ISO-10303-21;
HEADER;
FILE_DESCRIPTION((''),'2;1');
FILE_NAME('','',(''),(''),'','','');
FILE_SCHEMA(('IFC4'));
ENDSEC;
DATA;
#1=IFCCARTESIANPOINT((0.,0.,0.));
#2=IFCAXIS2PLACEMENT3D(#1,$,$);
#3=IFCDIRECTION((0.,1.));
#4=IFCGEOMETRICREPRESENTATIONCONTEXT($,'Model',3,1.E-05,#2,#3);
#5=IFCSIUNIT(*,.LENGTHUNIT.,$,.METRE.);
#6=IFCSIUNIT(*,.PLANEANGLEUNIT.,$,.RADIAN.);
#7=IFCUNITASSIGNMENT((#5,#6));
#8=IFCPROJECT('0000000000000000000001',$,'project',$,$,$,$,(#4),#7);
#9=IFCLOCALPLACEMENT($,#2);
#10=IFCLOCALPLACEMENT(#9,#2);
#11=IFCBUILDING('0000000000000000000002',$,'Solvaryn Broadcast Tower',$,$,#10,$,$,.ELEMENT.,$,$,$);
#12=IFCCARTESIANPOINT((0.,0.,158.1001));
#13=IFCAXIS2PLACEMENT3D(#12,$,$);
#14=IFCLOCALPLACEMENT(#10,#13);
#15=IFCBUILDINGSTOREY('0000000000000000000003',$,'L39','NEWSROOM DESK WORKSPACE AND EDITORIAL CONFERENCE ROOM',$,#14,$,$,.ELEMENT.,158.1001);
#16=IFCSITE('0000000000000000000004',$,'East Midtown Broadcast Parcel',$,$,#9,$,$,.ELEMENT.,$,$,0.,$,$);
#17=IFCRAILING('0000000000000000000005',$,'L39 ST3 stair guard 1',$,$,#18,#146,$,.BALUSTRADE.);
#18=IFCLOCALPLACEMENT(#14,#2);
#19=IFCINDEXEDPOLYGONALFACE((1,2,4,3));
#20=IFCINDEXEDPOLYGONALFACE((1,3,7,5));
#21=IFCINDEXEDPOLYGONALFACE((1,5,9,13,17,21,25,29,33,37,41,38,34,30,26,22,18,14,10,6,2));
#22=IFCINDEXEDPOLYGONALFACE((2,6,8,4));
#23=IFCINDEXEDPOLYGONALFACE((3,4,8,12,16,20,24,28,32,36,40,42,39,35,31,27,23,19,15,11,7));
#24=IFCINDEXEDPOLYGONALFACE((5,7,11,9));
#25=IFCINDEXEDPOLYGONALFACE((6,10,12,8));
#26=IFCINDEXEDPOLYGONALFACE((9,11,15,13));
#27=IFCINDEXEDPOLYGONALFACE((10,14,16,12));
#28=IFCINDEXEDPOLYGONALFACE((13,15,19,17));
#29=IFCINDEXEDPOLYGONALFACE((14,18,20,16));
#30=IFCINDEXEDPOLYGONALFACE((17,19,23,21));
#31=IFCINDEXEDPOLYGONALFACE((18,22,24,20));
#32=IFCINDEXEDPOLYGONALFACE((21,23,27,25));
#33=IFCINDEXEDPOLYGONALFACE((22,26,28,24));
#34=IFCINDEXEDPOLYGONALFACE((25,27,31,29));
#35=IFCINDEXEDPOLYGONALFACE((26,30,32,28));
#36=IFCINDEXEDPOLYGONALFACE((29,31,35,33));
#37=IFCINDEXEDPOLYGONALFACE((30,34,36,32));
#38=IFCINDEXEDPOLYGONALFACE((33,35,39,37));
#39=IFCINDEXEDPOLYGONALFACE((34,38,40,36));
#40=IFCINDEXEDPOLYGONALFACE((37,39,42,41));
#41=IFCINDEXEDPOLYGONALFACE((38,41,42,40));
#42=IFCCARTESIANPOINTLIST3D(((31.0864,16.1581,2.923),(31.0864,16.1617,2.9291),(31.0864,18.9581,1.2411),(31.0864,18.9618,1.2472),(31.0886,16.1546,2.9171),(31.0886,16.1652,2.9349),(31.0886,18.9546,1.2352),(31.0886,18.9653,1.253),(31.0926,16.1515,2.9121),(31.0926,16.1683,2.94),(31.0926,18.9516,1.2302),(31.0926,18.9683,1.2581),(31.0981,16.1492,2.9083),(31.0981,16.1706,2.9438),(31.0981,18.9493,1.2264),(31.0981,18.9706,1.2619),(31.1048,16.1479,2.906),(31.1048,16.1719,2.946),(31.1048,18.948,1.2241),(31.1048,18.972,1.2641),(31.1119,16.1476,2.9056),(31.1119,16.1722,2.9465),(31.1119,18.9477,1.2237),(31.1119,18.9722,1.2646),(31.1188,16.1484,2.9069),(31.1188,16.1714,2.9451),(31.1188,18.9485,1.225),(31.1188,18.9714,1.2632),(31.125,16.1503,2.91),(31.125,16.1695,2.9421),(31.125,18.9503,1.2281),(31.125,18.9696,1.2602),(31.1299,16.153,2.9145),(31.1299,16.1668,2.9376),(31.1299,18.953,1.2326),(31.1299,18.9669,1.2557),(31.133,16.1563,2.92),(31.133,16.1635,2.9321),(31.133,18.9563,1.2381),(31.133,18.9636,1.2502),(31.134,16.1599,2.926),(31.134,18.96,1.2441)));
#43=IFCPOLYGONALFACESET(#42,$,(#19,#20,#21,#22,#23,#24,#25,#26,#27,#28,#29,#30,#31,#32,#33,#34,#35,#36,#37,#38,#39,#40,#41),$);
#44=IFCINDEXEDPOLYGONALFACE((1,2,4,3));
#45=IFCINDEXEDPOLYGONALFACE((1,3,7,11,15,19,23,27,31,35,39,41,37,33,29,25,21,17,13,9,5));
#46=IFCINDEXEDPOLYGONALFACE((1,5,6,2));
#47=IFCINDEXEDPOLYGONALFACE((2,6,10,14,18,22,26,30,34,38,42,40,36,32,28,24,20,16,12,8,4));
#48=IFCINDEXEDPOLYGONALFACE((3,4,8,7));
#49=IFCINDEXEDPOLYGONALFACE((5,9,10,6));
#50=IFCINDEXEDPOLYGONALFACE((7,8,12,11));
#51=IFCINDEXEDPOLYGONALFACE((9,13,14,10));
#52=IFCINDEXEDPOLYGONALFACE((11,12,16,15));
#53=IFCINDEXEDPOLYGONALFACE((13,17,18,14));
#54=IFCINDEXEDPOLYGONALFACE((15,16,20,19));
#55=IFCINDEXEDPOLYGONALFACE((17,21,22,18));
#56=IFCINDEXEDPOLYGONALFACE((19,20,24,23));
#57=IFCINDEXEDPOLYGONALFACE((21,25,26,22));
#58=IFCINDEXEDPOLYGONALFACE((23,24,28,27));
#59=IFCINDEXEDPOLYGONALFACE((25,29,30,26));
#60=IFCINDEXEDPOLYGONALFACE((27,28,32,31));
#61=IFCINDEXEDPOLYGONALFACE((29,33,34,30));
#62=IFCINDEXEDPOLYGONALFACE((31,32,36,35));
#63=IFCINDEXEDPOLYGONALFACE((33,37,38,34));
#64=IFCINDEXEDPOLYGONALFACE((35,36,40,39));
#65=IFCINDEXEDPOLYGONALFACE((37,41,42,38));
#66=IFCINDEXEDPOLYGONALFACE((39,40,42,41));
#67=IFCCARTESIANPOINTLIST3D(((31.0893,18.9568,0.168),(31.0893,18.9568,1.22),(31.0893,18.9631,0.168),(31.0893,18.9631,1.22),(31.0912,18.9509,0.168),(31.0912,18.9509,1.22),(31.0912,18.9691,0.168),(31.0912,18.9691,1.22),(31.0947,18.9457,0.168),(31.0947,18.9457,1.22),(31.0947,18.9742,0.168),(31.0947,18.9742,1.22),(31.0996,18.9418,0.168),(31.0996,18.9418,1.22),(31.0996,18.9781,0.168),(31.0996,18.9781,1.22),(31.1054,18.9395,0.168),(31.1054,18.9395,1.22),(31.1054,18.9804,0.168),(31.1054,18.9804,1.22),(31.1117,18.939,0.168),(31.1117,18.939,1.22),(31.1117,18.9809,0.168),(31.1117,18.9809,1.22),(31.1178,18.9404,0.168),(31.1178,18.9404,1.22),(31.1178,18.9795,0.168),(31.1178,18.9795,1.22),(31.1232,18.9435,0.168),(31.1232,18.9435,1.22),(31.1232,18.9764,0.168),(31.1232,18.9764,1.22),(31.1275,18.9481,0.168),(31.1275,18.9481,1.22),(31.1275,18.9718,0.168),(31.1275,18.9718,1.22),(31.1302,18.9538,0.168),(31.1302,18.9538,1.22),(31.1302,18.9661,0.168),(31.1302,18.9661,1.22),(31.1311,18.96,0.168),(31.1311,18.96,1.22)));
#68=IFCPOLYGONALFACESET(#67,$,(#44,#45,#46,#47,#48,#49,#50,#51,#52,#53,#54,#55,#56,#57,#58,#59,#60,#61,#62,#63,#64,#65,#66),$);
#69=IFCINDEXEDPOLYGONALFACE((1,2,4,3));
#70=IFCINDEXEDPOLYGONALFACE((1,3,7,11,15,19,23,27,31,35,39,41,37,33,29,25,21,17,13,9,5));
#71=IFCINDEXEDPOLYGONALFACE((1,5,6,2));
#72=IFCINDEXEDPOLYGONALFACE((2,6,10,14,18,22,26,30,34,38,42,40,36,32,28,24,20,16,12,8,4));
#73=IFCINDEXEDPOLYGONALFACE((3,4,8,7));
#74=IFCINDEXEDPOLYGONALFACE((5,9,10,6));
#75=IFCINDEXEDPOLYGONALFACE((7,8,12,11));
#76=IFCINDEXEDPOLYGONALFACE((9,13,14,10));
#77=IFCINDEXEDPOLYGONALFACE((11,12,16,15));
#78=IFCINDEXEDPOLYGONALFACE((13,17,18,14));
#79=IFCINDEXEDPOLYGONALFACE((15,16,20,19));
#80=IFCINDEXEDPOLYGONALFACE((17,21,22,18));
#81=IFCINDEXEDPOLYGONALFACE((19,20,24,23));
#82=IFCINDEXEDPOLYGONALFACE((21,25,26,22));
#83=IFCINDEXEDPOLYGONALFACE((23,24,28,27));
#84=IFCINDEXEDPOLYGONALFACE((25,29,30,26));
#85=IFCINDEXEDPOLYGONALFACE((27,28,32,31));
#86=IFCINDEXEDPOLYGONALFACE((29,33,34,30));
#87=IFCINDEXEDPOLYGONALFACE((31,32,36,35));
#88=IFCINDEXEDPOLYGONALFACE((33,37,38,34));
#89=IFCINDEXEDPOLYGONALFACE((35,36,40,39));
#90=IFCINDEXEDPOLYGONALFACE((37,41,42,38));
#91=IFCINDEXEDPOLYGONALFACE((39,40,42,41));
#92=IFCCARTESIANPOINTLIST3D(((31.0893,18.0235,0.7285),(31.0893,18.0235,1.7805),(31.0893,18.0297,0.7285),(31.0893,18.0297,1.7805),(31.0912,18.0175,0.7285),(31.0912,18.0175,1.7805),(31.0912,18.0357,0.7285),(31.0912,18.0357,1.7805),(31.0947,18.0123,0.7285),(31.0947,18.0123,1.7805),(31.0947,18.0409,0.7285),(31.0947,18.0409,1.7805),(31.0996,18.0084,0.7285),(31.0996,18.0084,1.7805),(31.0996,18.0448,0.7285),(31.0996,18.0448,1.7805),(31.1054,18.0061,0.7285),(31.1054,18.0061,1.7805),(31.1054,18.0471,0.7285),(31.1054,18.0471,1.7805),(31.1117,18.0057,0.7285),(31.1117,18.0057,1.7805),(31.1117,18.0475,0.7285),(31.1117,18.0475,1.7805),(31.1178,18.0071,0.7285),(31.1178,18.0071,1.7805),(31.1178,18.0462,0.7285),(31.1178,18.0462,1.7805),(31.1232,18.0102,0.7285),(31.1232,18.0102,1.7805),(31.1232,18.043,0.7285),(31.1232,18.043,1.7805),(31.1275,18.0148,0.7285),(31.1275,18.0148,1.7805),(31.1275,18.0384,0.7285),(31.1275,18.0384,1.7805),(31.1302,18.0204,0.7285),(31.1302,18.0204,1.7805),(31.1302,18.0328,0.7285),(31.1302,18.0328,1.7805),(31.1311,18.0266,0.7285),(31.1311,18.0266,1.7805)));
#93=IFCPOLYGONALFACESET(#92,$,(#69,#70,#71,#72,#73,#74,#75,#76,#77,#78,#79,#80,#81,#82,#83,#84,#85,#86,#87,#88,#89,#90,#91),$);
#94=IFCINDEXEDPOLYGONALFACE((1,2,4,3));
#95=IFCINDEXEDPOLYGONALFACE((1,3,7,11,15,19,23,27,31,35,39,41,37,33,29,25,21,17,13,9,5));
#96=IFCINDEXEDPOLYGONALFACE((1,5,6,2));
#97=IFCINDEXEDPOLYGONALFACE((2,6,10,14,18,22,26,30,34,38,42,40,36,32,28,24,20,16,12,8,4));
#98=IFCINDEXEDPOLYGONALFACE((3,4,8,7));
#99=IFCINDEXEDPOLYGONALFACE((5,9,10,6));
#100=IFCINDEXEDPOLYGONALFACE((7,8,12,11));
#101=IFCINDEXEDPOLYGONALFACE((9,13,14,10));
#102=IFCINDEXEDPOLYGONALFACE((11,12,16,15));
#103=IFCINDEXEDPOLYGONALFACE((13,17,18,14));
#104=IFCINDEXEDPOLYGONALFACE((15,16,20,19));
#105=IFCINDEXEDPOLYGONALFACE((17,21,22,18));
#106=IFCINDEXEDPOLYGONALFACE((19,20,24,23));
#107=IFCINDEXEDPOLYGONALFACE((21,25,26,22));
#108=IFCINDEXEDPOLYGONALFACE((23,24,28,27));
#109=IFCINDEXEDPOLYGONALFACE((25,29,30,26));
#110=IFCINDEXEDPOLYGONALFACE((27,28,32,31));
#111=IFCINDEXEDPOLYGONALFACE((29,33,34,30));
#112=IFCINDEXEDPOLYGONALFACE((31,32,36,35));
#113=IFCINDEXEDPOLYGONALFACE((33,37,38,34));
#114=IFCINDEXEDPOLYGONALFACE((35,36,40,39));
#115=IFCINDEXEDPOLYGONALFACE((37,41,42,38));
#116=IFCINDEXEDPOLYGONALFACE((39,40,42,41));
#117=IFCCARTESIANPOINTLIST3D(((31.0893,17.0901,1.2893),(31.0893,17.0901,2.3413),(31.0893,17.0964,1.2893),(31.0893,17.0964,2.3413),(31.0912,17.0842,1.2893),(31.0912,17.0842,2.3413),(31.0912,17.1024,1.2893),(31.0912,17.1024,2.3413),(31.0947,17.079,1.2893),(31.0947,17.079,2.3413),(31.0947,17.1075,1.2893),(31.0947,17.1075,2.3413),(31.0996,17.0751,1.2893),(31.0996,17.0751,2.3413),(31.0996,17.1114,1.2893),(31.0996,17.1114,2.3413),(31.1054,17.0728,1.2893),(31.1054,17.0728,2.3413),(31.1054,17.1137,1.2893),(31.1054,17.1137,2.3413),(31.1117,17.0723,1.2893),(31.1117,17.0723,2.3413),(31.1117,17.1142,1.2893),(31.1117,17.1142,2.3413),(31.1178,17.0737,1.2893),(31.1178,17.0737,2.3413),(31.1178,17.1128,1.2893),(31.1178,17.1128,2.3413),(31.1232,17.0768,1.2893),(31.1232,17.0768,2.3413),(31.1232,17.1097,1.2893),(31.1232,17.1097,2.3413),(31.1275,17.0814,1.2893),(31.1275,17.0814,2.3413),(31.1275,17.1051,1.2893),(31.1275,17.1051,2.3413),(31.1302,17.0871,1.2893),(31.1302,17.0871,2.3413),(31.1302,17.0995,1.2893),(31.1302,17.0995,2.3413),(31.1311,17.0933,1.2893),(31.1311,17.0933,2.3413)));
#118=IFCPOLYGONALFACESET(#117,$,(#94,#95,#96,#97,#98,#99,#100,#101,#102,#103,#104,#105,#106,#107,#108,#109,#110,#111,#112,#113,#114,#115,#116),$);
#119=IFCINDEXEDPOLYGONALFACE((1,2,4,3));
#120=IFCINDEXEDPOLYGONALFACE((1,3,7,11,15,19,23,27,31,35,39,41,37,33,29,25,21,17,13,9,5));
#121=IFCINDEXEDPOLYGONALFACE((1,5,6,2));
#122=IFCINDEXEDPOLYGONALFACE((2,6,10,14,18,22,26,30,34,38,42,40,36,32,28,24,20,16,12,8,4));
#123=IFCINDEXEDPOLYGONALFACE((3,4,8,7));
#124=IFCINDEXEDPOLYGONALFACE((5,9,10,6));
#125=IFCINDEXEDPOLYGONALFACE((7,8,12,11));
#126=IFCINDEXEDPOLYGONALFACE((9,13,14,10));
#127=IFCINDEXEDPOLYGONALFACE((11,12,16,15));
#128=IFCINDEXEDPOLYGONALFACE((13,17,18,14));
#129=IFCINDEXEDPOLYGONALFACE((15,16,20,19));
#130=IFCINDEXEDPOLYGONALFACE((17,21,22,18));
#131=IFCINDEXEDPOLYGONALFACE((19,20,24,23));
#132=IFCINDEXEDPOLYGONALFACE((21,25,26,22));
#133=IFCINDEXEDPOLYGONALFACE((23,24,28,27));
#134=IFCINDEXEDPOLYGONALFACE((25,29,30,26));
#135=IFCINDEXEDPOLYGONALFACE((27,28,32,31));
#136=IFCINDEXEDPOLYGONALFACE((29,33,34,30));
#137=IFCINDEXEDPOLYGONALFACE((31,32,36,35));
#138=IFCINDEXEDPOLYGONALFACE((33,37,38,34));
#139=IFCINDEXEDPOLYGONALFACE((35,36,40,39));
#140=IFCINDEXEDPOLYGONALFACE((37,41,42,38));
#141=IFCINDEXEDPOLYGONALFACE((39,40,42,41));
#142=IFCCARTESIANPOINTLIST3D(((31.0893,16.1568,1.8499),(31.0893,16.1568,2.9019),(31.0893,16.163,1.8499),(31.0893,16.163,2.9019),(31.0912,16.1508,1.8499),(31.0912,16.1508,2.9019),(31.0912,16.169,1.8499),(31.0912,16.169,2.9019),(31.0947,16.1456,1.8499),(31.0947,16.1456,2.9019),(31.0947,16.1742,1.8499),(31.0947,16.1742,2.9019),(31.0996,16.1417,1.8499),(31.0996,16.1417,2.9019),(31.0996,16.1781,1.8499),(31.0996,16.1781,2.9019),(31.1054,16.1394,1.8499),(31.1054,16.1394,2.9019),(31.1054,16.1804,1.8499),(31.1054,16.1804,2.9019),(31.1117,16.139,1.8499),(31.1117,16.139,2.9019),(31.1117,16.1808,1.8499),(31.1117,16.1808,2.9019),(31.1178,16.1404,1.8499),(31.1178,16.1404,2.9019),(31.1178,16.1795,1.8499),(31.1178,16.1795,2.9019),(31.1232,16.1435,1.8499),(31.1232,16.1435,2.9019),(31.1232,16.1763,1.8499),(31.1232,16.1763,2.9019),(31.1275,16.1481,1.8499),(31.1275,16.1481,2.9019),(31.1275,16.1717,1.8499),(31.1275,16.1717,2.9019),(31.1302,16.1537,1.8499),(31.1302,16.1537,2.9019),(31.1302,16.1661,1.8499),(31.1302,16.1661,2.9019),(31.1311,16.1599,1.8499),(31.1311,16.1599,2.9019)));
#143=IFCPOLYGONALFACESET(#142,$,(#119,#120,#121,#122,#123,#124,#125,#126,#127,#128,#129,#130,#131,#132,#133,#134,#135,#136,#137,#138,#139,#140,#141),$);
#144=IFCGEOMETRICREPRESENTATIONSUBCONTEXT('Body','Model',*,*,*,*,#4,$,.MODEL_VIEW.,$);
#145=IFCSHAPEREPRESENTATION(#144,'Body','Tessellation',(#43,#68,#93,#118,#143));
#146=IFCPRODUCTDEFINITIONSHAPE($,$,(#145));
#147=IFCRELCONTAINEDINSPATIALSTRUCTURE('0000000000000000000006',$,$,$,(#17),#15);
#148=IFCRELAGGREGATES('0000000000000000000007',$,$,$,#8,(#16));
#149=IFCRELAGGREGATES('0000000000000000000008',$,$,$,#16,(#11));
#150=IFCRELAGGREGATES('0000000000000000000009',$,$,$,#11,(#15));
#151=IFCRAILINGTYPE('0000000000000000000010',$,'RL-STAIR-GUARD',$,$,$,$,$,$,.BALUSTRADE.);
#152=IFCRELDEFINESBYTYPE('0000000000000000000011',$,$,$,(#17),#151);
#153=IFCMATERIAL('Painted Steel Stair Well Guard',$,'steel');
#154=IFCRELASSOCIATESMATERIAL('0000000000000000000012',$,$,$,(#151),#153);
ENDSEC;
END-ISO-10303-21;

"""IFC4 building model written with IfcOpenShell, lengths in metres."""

from ifc_helpers import new_model, si_unit, direction, frame, origin, origin_2d, place, context, subcontext, project, spatial, circle, extrude, material, type_object, element, save


model = new_model("IFC4")

# Units and contexts
model_context = context("Model", 3, precision=1e-05, world=origin(), true_north=direction((0.0, 1.0)))
body_context = subcontext(model_context, "Body", "Model", "MODEL_VIEW")
ifc_project = project(units=[si_unit("LENGTHUNIT", "METRE"), si_unit("PLANEANGLEUNIT", "RADIAN")], contexts=[model_context])

# Site, building, storey
site_placement = place(None, origin())
site = spatial("IfcSite", under=ifc_project, at=site_placement, Name="East Midtown Broadcast Parcel", CompositionType="ELEMENT", RefElevation=0.0)
building_placement = place(site_placement, origin())
building = spatial("IfcBuilding", under=site, at=building_placement, Name="Solvaryn Broadcast Tower", CompositionType="ELEMENT")
storey_placement = place(building_placement, frame((0.0, 0.0, 158.1001)))
storey = spatial("IfcBuildingStorey", under=building, at=storey_placement, Name="L39", Description="NEWSROOM DESK WORKSPACE AND EDITORIAL CONFERENCE ROOM", CompositionType="ELEMENT", Elevation=158.1001)

# Railing
ifc_material_1 = material(Name="Painted Steel Stair Well Guard", Category="steel")
railing_type_1 = type_object("IfcRailingType", Name="RL-STAIR-GUARD", PredefinedType="BALUSTRADE", material=ifc_material_1)
railing_1_placement = place(storey_placement, frame((31.1101, 18.96, 0.168)))
element("IfcRailing", 1, at=railing_1_placement, inside=storey, type_object=railing_type_1, Name="L39 ST3 stair guard 1", PredefinedType="BALUSTRADE", context=body_context, shape_type="SweptSolid", body=[
    extrude(circle(Radius=0.0239, at=origin_2d()), frame((0.0, 0.0, 1.0762), z_axis=(0.0, -0.857242, 0.514913), x_axis=(1.0, 0.0, 0.0)), (0.0, 0.0, 1.0), 3.2664),
    extrude(circle(Radius=0.021, at=origin_2d()), origin(), (0.0, 0.0, 1.0), 1.052),
    extrude(circle(Radius=0.021, at=origin_2d()), frame((0.0, -0.9333, 0.5605)), (0.0, 0.0, 1.0), 1.052),
    extrude(circle(Radius=0.021, at=origin_2d()), frame((0.0, -1.8667, 1.1213)), (0.0, 0.0, 1.0), 1.052),
    extrude(circle(Radius=0.021, at=origin_2d()), frame((0.0, -2.8, 1.6819)), (0.0, 0.0, 1.0), 1.052),
])

save(model, "model.ifc")
